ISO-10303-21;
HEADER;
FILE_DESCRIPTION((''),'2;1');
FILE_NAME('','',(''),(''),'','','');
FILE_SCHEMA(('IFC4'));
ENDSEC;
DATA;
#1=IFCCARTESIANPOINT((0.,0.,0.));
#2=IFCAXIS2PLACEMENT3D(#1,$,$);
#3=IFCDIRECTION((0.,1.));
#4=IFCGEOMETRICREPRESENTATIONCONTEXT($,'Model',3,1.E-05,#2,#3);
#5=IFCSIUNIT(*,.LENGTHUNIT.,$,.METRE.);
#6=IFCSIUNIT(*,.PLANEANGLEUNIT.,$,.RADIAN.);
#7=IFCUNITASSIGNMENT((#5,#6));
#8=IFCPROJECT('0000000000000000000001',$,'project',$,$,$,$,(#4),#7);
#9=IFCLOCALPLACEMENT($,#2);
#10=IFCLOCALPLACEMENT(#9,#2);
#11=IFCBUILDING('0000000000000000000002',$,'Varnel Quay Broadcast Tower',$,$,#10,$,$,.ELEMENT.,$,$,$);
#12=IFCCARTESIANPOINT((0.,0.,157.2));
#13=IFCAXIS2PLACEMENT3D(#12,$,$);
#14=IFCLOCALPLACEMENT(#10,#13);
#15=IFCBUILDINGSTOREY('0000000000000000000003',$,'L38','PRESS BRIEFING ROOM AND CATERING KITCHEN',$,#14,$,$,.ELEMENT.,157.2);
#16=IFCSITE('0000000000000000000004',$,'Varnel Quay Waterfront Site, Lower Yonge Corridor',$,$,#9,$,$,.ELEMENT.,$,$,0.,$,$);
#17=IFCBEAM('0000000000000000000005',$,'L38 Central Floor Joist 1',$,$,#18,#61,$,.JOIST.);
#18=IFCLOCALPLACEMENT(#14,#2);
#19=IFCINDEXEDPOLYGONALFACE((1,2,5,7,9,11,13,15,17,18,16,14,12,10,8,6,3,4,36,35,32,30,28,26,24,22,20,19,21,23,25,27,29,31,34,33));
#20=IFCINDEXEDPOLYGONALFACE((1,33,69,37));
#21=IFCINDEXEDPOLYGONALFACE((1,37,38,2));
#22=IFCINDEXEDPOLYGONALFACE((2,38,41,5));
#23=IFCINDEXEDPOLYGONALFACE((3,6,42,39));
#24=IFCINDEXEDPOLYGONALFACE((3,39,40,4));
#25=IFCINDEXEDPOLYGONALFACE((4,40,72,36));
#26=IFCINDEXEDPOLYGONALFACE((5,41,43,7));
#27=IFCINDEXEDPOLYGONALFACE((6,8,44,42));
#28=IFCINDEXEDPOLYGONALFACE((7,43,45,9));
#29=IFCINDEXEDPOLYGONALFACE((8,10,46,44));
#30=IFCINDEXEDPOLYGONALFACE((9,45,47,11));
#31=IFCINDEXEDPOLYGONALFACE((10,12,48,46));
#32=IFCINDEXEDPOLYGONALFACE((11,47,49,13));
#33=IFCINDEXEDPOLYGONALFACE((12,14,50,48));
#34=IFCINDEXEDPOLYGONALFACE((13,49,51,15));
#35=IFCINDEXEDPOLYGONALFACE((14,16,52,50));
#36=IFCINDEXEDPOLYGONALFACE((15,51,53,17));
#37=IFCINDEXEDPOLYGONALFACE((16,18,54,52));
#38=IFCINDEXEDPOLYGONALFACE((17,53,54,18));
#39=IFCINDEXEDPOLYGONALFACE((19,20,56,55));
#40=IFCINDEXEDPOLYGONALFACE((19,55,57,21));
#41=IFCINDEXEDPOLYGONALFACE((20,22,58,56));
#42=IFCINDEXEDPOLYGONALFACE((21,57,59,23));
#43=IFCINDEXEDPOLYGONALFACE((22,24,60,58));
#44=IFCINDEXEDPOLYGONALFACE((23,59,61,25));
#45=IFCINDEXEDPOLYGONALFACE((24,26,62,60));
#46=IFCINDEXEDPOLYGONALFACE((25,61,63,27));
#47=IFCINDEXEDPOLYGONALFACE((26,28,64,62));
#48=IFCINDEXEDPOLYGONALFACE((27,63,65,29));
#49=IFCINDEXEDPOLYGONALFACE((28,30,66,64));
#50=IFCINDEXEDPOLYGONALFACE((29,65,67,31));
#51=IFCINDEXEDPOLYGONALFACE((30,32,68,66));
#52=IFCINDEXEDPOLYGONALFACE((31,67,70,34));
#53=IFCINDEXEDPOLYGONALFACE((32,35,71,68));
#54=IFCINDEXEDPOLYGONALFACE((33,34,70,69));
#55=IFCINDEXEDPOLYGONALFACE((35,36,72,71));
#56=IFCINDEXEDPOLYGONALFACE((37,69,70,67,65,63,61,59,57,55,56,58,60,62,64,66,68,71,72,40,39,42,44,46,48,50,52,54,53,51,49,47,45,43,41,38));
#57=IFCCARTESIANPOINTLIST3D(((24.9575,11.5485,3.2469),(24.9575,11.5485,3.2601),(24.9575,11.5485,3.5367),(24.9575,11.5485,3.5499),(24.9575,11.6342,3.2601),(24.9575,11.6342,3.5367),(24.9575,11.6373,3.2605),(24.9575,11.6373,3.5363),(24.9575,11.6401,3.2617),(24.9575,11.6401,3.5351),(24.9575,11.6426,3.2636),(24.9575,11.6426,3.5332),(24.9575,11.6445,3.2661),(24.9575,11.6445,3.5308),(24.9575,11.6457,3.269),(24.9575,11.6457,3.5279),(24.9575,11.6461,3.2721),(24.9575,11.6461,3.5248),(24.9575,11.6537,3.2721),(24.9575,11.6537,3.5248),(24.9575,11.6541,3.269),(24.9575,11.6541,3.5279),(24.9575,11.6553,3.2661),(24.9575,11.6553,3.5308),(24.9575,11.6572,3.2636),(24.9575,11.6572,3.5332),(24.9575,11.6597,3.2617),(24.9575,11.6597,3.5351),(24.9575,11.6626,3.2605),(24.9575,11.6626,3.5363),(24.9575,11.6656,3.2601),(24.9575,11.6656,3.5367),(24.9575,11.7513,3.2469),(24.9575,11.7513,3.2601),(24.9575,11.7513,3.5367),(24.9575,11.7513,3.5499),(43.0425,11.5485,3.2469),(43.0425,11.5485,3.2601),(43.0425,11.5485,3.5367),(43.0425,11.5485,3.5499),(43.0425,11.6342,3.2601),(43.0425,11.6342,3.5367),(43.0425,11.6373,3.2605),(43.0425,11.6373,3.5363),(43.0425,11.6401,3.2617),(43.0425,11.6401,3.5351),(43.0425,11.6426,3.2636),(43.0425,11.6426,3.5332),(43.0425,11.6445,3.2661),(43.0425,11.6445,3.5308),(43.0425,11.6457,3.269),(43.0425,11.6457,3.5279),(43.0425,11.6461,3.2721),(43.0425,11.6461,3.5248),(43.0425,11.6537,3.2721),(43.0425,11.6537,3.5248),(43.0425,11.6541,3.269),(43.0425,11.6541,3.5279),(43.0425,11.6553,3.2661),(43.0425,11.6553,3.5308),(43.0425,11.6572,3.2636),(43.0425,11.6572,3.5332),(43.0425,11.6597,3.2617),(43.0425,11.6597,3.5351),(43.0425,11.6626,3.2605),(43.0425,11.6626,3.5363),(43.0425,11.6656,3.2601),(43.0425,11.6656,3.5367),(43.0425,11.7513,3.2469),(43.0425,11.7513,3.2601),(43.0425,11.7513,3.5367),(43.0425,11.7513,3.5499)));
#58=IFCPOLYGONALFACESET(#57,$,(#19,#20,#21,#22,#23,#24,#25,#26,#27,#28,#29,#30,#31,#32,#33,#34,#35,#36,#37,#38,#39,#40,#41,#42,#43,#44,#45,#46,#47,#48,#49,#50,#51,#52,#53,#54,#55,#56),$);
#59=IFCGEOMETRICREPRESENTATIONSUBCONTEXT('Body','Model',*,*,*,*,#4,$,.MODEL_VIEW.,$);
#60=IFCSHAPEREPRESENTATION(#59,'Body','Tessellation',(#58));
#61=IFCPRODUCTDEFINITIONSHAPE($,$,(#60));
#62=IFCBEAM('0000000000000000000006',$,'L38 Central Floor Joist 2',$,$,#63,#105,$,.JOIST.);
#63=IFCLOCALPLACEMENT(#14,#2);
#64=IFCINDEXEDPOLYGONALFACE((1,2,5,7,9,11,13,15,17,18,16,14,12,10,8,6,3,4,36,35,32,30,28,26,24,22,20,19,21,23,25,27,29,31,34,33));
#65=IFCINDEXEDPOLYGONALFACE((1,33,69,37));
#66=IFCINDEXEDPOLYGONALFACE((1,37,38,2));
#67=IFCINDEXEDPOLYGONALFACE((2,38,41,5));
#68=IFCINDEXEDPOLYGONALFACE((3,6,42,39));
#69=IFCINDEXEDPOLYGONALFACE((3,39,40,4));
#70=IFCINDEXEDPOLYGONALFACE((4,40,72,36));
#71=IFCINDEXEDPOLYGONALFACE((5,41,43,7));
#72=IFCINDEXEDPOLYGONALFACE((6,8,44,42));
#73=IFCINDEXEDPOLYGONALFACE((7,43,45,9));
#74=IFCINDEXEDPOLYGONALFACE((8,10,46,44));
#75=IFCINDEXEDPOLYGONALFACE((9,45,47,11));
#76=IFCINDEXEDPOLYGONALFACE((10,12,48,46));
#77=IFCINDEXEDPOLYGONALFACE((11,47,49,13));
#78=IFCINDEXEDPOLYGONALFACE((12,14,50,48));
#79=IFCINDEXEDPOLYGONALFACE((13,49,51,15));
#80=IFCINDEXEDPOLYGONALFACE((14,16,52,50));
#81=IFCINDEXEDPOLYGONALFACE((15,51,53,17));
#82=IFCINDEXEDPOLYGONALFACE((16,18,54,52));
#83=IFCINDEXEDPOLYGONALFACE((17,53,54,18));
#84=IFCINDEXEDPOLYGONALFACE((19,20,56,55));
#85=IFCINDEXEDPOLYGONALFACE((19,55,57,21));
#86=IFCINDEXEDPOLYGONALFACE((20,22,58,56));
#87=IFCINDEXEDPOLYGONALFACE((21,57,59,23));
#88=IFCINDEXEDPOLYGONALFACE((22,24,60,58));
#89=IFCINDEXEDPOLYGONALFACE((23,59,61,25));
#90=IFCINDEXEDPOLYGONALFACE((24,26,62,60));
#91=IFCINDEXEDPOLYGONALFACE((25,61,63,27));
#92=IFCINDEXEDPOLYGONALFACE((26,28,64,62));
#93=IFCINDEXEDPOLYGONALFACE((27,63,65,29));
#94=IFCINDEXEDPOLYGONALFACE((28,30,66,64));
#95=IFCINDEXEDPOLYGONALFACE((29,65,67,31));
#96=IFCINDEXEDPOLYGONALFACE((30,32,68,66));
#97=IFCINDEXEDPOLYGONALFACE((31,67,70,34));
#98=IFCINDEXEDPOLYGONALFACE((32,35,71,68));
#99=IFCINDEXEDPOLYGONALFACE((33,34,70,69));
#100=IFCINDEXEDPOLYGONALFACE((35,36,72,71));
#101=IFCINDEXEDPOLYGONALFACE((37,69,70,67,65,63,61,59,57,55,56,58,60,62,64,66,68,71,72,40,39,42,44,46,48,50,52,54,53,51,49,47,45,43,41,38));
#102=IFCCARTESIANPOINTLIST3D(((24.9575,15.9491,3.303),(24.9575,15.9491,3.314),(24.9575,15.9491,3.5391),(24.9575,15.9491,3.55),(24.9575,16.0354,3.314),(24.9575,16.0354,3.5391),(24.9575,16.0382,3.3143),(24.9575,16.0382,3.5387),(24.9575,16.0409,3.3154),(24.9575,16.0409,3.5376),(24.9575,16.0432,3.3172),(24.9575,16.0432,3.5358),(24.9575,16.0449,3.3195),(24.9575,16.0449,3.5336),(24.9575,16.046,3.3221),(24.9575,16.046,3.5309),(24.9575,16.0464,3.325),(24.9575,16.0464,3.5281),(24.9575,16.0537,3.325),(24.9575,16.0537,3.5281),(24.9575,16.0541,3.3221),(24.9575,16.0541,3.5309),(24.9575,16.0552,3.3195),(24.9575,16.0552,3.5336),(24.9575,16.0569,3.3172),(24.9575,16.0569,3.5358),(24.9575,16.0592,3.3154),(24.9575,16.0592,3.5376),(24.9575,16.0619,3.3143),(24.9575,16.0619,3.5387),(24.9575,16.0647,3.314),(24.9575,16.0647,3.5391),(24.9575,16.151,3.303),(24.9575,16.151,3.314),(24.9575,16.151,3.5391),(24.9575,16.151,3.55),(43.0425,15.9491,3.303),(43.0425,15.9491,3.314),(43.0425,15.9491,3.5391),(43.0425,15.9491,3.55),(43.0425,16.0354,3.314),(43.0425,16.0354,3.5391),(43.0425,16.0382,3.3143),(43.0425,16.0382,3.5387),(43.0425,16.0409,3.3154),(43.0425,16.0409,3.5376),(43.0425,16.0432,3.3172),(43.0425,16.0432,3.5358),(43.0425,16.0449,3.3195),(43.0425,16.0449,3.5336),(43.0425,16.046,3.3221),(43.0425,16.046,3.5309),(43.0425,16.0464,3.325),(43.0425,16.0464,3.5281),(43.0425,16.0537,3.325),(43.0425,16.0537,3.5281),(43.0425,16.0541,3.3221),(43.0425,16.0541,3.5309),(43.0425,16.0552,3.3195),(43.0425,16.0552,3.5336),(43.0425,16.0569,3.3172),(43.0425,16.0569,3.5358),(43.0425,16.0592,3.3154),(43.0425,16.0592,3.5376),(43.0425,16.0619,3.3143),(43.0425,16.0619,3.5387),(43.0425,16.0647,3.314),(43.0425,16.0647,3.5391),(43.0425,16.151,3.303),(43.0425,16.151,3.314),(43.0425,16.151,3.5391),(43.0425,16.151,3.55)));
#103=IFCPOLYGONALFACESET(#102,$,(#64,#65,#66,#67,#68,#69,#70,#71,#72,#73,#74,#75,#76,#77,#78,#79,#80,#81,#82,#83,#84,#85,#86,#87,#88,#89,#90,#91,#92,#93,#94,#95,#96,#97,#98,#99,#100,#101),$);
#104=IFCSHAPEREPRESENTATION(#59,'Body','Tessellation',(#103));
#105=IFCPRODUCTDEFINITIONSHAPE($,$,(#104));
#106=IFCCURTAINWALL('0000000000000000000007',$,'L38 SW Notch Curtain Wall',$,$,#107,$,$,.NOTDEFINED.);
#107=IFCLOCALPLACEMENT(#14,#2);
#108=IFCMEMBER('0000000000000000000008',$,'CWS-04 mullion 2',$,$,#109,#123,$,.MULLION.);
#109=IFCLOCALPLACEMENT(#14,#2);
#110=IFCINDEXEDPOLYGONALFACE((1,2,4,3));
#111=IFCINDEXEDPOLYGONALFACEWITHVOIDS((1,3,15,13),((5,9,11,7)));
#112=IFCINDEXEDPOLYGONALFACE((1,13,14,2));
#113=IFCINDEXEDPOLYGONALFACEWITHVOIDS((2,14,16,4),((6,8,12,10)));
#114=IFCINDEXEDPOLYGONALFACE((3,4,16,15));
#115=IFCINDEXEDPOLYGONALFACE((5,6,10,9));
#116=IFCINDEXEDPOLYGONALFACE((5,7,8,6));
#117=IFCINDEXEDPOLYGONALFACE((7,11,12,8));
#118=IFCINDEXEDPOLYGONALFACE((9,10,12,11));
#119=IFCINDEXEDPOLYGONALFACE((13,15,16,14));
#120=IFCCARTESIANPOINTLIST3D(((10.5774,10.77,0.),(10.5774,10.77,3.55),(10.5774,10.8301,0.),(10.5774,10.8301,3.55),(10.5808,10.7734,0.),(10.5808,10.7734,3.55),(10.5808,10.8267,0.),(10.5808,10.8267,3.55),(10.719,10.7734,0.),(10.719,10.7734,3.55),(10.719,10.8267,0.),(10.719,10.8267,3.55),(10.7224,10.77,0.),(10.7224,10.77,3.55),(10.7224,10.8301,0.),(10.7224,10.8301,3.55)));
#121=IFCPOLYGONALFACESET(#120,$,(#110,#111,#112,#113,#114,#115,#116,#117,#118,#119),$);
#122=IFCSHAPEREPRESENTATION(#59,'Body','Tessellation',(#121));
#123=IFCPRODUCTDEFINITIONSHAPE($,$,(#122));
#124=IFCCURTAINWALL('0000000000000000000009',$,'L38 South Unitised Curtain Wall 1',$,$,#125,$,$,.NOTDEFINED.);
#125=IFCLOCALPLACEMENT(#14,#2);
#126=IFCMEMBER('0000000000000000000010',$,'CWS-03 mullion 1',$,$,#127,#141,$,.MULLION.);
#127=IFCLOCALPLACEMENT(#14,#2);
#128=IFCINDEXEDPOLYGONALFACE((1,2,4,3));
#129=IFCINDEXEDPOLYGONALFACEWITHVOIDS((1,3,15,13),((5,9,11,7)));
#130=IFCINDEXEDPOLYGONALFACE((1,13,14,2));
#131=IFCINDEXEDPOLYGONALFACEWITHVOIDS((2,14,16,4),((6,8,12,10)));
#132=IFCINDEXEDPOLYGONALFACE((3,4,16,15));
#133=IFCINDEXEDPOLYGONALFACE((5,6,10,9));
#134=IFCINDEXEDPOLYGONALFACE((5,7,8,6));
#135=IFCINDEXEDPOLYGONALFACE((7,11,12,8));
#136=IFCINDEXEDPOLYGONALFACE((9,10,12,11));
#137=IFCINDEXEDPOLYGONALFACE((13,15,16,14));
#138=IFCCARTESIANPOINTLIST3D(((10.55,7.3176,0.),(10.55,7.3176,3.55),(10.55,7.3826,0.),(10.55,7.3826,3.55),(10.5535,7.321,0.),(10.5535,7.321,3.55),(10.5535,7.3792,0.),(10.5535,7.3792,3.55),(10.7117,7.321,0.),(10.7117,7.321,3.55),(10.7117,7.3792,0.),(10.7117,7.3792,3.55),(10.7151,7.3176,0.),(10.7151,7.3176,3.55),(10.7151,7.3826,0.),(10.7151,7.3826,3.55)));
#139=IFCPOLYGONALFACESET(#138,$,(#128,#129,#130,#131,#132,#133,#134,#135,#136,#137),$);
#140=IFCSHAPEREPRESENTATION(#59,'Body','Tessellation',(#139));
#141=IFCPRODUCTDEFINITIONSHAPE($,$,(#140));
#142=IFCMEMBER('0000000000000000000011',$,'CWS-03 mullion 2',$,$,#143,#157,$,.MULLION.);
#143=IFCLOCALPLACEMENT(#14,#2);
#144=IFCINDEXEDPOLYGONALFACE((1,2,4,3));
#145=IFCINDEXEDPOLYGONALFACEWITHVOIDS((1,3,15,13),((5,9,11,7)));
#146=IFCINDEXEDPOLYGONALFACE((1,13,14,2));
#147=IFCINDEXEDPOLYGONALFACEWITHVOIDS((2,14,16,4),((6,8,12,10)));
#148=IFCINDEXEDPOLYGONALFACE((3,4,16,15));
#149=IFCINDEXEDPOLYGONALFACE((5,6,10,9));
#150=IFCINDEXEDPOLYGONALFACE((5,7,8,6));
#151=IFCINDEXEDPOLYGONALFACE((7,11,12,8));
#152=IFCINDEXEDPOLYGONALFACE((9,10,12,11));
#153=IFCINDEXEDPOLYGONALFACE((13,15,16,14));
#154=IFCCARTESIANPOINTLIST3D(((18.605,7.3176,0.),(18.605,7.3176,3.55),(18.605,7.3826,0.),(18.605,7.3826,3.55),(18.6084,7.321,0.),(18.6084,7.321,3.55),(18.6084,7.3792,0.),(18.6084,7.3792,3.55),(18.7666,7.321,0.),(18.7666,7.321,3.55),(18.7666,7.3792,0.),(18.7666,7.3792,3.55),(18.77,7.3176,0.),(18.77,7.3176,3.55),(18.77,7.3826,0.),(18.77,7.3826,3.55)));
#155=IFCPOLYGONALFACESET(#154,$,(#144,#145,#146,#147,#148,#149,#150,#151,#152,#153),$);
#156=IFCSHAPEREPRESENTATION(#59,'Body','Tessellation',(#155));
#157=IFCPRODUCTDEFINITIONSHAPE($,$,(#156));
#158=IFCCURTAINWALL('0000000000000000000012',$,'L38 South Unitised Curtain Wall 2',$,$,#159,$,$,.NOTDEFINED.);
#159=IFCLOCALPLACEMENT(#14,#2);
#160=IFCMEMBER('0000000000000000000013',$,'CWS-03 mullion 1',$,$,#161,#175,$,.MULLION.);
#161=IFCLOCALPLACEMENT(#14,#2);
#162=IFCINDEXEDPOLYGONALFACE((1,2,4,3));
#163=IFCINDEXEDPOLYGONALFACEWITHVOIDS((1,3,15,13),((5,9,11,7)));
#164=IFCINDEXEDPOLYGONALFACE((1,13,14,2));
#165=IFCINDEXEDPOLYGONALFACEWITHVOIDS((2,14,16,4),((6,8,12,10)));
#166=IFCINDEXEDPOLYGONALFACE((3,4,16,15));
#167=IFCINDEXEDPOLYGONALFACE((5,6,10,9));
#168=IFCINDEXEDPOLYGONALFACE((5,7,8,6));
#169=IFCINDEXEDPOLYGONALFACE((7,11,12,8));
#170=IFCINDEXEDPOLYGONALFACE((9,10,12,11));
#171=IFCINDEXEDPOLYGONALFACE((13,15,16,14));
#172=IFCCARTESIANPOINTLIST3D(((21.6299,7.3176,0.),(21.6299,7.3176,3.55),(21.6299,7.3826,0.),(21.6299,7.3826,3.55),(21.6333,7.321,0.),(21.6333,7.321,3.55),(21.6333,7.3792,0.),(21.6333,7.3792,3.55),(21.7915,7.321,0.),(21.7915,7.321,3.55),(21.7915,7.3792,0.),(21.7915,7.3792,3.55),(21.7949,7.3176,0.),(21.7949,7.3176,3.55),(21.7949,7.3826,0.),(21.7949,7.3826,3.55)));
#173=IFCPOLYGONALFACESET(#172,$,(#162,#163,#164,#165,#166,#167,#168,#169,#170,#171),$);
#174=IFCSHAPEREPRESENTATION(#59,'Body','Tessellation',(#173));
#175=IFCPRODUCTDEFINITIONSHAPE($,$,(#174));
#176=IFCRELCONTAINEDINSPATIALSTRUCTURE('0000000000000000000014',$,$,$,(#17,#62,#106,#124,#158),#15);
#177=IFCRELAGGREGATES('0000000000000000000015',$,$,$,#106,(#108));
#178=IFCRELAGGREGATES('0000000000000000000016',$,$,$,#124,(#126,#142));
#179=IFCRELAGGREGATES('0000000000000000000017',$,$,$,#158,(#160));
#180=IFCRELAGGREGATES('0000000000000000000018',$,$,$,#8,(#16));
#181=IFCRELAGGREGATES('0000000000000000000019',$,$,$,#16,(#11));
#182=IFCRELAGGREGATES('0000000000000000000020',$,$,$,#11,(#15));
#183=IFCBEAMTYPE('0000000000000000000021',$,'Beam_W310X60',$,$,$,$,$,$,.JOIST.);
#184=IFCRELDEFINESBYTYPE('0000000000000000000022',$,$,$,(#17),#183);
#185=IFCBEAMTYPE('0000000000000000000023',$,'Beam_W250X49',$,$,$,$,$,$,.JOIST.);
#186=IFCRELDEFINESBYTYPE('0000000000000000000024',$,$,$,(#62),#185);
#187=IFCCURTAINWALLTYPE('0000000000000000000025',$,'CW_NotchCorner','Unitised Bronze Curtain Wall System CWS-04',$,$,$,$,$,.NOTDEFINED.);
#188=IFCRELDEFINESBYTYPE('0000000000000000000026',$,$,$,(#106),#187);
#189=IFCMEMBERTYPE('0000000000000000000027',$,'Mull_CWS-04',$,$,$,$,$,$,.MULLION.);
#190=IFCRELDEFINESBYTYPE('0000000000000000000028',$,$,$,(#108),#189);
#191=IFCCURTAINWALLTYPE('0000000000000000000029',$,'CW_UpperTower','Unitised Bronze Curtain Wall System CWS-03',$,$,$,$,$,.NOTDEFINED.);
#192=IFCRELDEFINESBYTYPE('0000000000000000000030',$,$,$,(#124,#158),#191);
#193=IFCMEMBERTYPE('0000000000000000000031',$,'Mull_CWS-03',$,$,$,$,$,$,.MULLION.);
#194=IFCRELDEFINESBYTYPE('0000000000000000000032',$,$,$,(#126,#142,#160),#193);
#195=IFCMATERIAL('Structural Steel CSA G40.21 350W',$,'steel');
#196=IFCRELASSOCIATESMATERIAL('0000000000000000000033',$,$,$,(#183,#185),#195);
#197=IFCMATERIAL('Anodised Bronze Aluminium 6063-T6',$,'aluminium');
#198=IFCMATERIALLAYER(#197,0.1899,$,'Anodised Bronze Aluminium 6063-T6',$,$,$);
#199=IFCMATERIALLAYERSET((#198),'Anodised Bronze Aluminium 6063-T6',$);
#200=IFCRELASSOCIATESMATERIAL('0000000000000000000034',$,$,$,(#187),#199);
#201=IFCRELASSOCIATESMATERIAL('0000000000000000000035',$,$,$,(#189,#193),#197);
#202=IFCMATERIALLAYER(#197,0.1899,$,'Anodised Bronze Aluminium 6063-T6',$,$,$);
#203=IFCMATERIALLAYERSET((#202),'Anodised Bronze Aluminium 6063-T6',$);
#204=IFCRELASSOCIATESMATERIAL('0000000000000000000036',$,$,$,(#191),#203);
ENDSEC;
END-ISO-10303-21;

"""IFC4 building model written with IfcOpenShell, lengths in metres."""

from ifc_helpers import new_model, si_unit, direction, frame, origin, origin_2d, place, context, subcontext, project, spatial, hollow_rectangle, i_section, extrude, source, transform, mapped, material, layer, layer_set, material_profile, profile_set, type_object, type_shapes, element, aggregate, save


model = new_model("IFC4")

# Units and contexts
model_context = context("Model", 3, precision=1e-05, world=origin(), true_north=direction((0.0, 1.0)))
body_context = subcontext(model_context, "Body", "Model", "MODEL_VIEW")
ifc_project = project(units=[si_unit("LENGTHUNIT", "METRE"), si_unit("PLANEANGLEUNIT", "RADIAN")], contexts=[model_context])

# Site, building, storey
site_placement = place(None, origin())
site = spatial("IfcSite", under=ifc_project, at=site_placement, Name="Varnel Quay Waterfront Site, Lower Yonge Corridor", CompositionType="ELEMENT", RefElevation=0.0)
building_placement = place(site_placement, origin())
building = spatial("IfcBuilding", under=site, at=building_placement, Name="Varnel Quay Broadcast Tower", CompositionType="ELEMENT")
storey_placement = place(building_placement, frame((0.0, 0.0, 157.2)))
storey = spatial("IfcBuildingStorey", under=building, at=storey_placement, Name="L38", Description="PRESS BRIEFING ROOM AND CATERING KITCHEN", CompositionType="ELEMENT", Elevation=157.2)

# Shared definitions
ifc_material_1 = material(Name="Structural Steel CSA G40.21 350W", Category="steel")

# Beams
ifc_material_profile_1 = material_profile(ifc_material_1, i_section(OverallWidth=0.2029, OverallDepth=0.303, WebThickness=0.0076, FlangeThickness=0.0132, FilletRadius=0.012, at=origin_2d()), Name="W310X60")
ifc_profile_set_1 = profile_set([ifc_material_profile_1], Name="Structural Steel CSA G40.21 350W")
beam_type_1 = type_object("IfcBeamType", Name="Beam_W310X60", PredefinedType="JOIST", material=ifc_profile_set_1)
shared_shape_1 = source(origin(), body_context, "Body", "SweptSolid", [
    extrude(i_section(OverallWidth=0.2029, OverallDepth=0.303, WebThickness=0.0076, FlangeThickness=0.0132, FilletRadius=0.012, at=origin_2d()), origin(), (0.0, 0.0, 1.0), 18.085),
])
type_shapes(beam_type_1, [shared_shape_1])
beam_1_placement = place(storey_placement, frame((24.9575, 11.6499, 3.3984), z_axis=(1.0, 0.0, 0.0), x_axis=(0.0, 1.0, 0.0)))
element("IfcBeam", 1, at=beam_1_placement, inside=storey, type_object=beam_type_1, Name="L38 Central Floor Joist 1", PredefinedType="JOIST", context=body_context, shape_type="MappedRepresentation", body=[
    mapped(shared_shape_1, transform((0.0, 0.0, 0.0), x_axis=(1.0, 0.0, 0.0), y_axis=(0.0, 1.0, 0.0), z_axis=(0.0, 0.0, 1.0), scale=1.0)),
])
ifc_material_profile_2 = material_profile(ifc_material_1, i_section(OverallWidth=0.2019, OverallDepth=0.2471, WebThickness=0.0073, FlangeThickness=0.011, FilletRadius=0.011, at=origin_2d()), Name="W250X49")
ifc_profile_set_2 = profile_set([ifc_material_profile_2], Name="Structural Steel CSA G40.21 350W")
beam_type_2 = type_object("IfcBeamType", Name="Beam_W250X49", PredefinedType="JOIST", material=ifc_profile_set_2)
shared_shape_2 = source(origin(), body_context, "Body", "SweptSolid", [
    extrude(i_section(OverallWidth=0.2019, OverallDepth=0.2471, WebThickness=0.0073, FlangeThickness=0.011, FilletRadius=0.011, at=origin_2d()), origin(), (0.0, 0.0, 1.0), 18.085),
])
type_shapes(beam_type_2, [shared_shape_2])
beam_2_placement = place(storey_placement, frame((24.9575, 16.05, 3.4265), z_axis=(1.0, 0.0, 0.0), x_axis=(0.0, 1.0, 0.0)))
element("IfcBeam", 2, at=beam_2_placement, inside=storey, type_object=beam_type_2, Name="L38 Central Floor Joist 2", PredefinedType="JOIST", context=body_context, shape_type="MappedRepresentation", body=[
    mapped(shared_shape_2, transform((0.0, 0.0, 0.0), x_axis=(1.0, 0.0, 0.0), y_axis=(0.0, 1.0, 0.0), z_axis=(0.0, 0.0, 1.0), scale=1.0)),
])

# Curtain wall, member
ifc_material_2 = material(Name="Anodised Bronze Aluminium 6063-T6", Category="aluminium")
ifc_layer_1 = layer(ifc_material_2, 0.1899, Name="Anodised Bronze Aluminium 6063-T6")
ifc_layer_set_1 = layer_set([ifc_layer_1], Name="Anodised Bronze Aluminium 6063-T6")
curtain_wall_type_1 = type_object("IfcCurtainWallType", Name="CW_NotchCorner", Description="Unitised Bronze Curtain Wall System CWS-04", PredefinedType="NOTDEFINED", material=ifc_layer_set_1)
curtain_wall_1_placement = place(storey_placement, origin())
curtain_wall_1 = element("IfcCurtainWall", 3, at=curtain_wall_1_placement, inside=storey, type_object=curtain_wall_type_1, Name="L38 SW Notch Curtain Wall", PredefinedType="NOTDEFINED")
ifc_material_profile_3 = material_profile(ifc_material_2, hollow_rectangle(XDim=0.0601, YDim=0.145, WallThickness=0.0034, at=origin_2d()), Name="ALU60X145X3.5")
ifc_profile_set_3 = profile_set([ifc_material_profile_3], Name="Anodised Bronze Aluminium 6063-T6")
member_type_1 = type_object("IfcMemberType", Name="Mull_CWS-04", PredefinedType="MULLION", material=ifc_profile_set_3)
shared_shape_3 = source(origin(), body_context, "Body", "SweptSolid", [
    extrude(hollow_rectangle(XDim=0.0601, YDim=0.145, WallThickness=0.0034, at=origin_2d()), origin(), (0.0, 0.0, 1.0), 3.55),
])
type_shapes(member_type_1, [shared_shape_3])
member_1_placement = place(storey_placement, frame((10.6499, 10.8, 0.0), z_axis=(0.0, 0.0, 1.0), x_axis=(0.0, 1.0, 0.0)))
member_1 = element("IfcMember", 4, at=member_1_placement, type_object=member_type_1, Name="CWS-04 mullion 2", PredefinedType="MULLION", context=body_context, shape_type="MappedRepresentation", body=[
    mapped(shared_shape_3, transform((0.0, 0.0, 0.0), x_axis=(1.0, 0.0, 0.0), y_axis=(0.0, 1.0, 0.0), z_axis=(0.0, 0.0, 1.0), scale=1.0)),
])
aggregate(curtain_wall_1, [member_1])

# Curtain wall, members
ifc_layer_2 = layer(ifc_material_2, 0.1899, Name="Anodised Bronze Aluminium 6063-T6")
ifc_layer_set_2 = layer_set([ifc_layer_2], Name="Anodised Bronze Aluminium 6063-T6")
curtain_wall_type_2 = type_object("IfcCurtainWallType", Name="CW_UpperTower", Description="Unitised Bronze Curtain Wall System CWS-03", PredefinedType="NOTDEFINED", material=ifc_layer_set_2)
curtain_wall_2_placement = place(storey_placement, origin())
curtain_wall_2 = element("IfcCurtainWall", 5, at=curtain_wall_2_placement, inside=storey, type_object=curtain_wall_type_2, Name="L38 South Unitised Curtain Wall 1", PredefinedType="NOTDEFINED")
ifc_material_profile_4 = material_profile(ifc_material_2, hollow_rectangle(XDim=0.0649, YDim=0.165, WallThickness=0.0034, at=origin_2d()), Name="ALU65X165X3.5")
ifc_profile_set_4 = profile_set([ifc_material_profile_4], Name="Anodised Bronze Aluminium 6063-T6")
member_type_2 = type_object("IfcMemberType", Name="Mull_CWS-03", PredefinedType="MULLION", material=ifc_profile_set_4)
shared_shape_4 = source(origin(), body_context, "Body", "SweptSolid", [
    extrude(hollow_rectangle(XDim=0.0649, YDim=0.165, WallThickness=0.0034, at=origin_2d()), origin(), (0.0, 0.0, 1.0), 3.55),
])
type_shapes(member_type_2, [shared_shape_4])
member_2_placement = place(storey_placement, frame((10.6326, 7.3501, 0.0), z_axis=(0.0, 0.0, 1.0), x_axis=(0.0, 1.0, 0.0)))
member_2 = element("IfcMember", 6, at=member_2_placement, type_object=member_type_2, Name="CWS-03 mullion 1", PredefinedType="MULLION", context=body_context, shape_type="MappedRepresentation", body=[
    mapped(shared_shape_4, transform((0.0, 0.0, 0.0), x_axis=(1.0, 0.0, 0.0), y_axis=(0.0, 1.0, 0.0), z_axis=(0.0, 0.0, 1.0), scale=1.0)),
])
member_3_placement = place(storey_placement, frame((18.6875, 7.3501, 0.0), z_axis=(0.0, 0.0, 1.0), x_axis=(0.0, 1.0, 0.0)))
member_3 = element("IfcMember", 7, at=member_3_placement, type_object=member_type_2, Name="CWS-03 mullion 2", PredefinedType="MULLION", context=body_context, shape_type="MappedRepresentation", body=[
    mapped(shared_shape_4, transform((0.0, 0.0, 0.0), x_axis=(1.0, 0.0, 0.0), y_axis=(0.0, 1.0, 0.0), z_axis=(0.0, 0.0, 1.0), scale=1.0)),
])

# Curtain wall, member
curtain_wall_3_placement = place(storey_placement, origin())
curtain_wall_3 = element("IfcCurtainWall", 8, at=curtain_wall_3_placement, inside=storey, type_object=curtain_wall_type_2, Name="L38 South Unitised Curtain Wall 2", PredefinedType="NOTDEFINED")
member_4_placement = place(storey_placement, frame((21.7124, 7.3501, 0.0), z_axis=(0.0, 0.0, 1.0), x_axis=(0.0, 1.0, 0.0)))
member_4 = element("IfcMember", 9, at=member_4_placement, type_object=member_type_2, Name="CWS-03 mullion 1", PredefinedType="MULLION", context=body_context, shape_type="MappedRepresentation", body=[
    mapped(shared_shape_4, transform((0.0, 0.0, 0.0), x_axis=(1.0, 0.0, 0.0), y_axis=(0.0, 1.0, 0.0), z_axis=(0.0, 0.0, 1.0), scale=1.0)),
])

aggregate(curtain_wall_2, [member_2, member_3])
aggregate(curtain_wall_3, [member_4])

save(model, "model.ifc")
